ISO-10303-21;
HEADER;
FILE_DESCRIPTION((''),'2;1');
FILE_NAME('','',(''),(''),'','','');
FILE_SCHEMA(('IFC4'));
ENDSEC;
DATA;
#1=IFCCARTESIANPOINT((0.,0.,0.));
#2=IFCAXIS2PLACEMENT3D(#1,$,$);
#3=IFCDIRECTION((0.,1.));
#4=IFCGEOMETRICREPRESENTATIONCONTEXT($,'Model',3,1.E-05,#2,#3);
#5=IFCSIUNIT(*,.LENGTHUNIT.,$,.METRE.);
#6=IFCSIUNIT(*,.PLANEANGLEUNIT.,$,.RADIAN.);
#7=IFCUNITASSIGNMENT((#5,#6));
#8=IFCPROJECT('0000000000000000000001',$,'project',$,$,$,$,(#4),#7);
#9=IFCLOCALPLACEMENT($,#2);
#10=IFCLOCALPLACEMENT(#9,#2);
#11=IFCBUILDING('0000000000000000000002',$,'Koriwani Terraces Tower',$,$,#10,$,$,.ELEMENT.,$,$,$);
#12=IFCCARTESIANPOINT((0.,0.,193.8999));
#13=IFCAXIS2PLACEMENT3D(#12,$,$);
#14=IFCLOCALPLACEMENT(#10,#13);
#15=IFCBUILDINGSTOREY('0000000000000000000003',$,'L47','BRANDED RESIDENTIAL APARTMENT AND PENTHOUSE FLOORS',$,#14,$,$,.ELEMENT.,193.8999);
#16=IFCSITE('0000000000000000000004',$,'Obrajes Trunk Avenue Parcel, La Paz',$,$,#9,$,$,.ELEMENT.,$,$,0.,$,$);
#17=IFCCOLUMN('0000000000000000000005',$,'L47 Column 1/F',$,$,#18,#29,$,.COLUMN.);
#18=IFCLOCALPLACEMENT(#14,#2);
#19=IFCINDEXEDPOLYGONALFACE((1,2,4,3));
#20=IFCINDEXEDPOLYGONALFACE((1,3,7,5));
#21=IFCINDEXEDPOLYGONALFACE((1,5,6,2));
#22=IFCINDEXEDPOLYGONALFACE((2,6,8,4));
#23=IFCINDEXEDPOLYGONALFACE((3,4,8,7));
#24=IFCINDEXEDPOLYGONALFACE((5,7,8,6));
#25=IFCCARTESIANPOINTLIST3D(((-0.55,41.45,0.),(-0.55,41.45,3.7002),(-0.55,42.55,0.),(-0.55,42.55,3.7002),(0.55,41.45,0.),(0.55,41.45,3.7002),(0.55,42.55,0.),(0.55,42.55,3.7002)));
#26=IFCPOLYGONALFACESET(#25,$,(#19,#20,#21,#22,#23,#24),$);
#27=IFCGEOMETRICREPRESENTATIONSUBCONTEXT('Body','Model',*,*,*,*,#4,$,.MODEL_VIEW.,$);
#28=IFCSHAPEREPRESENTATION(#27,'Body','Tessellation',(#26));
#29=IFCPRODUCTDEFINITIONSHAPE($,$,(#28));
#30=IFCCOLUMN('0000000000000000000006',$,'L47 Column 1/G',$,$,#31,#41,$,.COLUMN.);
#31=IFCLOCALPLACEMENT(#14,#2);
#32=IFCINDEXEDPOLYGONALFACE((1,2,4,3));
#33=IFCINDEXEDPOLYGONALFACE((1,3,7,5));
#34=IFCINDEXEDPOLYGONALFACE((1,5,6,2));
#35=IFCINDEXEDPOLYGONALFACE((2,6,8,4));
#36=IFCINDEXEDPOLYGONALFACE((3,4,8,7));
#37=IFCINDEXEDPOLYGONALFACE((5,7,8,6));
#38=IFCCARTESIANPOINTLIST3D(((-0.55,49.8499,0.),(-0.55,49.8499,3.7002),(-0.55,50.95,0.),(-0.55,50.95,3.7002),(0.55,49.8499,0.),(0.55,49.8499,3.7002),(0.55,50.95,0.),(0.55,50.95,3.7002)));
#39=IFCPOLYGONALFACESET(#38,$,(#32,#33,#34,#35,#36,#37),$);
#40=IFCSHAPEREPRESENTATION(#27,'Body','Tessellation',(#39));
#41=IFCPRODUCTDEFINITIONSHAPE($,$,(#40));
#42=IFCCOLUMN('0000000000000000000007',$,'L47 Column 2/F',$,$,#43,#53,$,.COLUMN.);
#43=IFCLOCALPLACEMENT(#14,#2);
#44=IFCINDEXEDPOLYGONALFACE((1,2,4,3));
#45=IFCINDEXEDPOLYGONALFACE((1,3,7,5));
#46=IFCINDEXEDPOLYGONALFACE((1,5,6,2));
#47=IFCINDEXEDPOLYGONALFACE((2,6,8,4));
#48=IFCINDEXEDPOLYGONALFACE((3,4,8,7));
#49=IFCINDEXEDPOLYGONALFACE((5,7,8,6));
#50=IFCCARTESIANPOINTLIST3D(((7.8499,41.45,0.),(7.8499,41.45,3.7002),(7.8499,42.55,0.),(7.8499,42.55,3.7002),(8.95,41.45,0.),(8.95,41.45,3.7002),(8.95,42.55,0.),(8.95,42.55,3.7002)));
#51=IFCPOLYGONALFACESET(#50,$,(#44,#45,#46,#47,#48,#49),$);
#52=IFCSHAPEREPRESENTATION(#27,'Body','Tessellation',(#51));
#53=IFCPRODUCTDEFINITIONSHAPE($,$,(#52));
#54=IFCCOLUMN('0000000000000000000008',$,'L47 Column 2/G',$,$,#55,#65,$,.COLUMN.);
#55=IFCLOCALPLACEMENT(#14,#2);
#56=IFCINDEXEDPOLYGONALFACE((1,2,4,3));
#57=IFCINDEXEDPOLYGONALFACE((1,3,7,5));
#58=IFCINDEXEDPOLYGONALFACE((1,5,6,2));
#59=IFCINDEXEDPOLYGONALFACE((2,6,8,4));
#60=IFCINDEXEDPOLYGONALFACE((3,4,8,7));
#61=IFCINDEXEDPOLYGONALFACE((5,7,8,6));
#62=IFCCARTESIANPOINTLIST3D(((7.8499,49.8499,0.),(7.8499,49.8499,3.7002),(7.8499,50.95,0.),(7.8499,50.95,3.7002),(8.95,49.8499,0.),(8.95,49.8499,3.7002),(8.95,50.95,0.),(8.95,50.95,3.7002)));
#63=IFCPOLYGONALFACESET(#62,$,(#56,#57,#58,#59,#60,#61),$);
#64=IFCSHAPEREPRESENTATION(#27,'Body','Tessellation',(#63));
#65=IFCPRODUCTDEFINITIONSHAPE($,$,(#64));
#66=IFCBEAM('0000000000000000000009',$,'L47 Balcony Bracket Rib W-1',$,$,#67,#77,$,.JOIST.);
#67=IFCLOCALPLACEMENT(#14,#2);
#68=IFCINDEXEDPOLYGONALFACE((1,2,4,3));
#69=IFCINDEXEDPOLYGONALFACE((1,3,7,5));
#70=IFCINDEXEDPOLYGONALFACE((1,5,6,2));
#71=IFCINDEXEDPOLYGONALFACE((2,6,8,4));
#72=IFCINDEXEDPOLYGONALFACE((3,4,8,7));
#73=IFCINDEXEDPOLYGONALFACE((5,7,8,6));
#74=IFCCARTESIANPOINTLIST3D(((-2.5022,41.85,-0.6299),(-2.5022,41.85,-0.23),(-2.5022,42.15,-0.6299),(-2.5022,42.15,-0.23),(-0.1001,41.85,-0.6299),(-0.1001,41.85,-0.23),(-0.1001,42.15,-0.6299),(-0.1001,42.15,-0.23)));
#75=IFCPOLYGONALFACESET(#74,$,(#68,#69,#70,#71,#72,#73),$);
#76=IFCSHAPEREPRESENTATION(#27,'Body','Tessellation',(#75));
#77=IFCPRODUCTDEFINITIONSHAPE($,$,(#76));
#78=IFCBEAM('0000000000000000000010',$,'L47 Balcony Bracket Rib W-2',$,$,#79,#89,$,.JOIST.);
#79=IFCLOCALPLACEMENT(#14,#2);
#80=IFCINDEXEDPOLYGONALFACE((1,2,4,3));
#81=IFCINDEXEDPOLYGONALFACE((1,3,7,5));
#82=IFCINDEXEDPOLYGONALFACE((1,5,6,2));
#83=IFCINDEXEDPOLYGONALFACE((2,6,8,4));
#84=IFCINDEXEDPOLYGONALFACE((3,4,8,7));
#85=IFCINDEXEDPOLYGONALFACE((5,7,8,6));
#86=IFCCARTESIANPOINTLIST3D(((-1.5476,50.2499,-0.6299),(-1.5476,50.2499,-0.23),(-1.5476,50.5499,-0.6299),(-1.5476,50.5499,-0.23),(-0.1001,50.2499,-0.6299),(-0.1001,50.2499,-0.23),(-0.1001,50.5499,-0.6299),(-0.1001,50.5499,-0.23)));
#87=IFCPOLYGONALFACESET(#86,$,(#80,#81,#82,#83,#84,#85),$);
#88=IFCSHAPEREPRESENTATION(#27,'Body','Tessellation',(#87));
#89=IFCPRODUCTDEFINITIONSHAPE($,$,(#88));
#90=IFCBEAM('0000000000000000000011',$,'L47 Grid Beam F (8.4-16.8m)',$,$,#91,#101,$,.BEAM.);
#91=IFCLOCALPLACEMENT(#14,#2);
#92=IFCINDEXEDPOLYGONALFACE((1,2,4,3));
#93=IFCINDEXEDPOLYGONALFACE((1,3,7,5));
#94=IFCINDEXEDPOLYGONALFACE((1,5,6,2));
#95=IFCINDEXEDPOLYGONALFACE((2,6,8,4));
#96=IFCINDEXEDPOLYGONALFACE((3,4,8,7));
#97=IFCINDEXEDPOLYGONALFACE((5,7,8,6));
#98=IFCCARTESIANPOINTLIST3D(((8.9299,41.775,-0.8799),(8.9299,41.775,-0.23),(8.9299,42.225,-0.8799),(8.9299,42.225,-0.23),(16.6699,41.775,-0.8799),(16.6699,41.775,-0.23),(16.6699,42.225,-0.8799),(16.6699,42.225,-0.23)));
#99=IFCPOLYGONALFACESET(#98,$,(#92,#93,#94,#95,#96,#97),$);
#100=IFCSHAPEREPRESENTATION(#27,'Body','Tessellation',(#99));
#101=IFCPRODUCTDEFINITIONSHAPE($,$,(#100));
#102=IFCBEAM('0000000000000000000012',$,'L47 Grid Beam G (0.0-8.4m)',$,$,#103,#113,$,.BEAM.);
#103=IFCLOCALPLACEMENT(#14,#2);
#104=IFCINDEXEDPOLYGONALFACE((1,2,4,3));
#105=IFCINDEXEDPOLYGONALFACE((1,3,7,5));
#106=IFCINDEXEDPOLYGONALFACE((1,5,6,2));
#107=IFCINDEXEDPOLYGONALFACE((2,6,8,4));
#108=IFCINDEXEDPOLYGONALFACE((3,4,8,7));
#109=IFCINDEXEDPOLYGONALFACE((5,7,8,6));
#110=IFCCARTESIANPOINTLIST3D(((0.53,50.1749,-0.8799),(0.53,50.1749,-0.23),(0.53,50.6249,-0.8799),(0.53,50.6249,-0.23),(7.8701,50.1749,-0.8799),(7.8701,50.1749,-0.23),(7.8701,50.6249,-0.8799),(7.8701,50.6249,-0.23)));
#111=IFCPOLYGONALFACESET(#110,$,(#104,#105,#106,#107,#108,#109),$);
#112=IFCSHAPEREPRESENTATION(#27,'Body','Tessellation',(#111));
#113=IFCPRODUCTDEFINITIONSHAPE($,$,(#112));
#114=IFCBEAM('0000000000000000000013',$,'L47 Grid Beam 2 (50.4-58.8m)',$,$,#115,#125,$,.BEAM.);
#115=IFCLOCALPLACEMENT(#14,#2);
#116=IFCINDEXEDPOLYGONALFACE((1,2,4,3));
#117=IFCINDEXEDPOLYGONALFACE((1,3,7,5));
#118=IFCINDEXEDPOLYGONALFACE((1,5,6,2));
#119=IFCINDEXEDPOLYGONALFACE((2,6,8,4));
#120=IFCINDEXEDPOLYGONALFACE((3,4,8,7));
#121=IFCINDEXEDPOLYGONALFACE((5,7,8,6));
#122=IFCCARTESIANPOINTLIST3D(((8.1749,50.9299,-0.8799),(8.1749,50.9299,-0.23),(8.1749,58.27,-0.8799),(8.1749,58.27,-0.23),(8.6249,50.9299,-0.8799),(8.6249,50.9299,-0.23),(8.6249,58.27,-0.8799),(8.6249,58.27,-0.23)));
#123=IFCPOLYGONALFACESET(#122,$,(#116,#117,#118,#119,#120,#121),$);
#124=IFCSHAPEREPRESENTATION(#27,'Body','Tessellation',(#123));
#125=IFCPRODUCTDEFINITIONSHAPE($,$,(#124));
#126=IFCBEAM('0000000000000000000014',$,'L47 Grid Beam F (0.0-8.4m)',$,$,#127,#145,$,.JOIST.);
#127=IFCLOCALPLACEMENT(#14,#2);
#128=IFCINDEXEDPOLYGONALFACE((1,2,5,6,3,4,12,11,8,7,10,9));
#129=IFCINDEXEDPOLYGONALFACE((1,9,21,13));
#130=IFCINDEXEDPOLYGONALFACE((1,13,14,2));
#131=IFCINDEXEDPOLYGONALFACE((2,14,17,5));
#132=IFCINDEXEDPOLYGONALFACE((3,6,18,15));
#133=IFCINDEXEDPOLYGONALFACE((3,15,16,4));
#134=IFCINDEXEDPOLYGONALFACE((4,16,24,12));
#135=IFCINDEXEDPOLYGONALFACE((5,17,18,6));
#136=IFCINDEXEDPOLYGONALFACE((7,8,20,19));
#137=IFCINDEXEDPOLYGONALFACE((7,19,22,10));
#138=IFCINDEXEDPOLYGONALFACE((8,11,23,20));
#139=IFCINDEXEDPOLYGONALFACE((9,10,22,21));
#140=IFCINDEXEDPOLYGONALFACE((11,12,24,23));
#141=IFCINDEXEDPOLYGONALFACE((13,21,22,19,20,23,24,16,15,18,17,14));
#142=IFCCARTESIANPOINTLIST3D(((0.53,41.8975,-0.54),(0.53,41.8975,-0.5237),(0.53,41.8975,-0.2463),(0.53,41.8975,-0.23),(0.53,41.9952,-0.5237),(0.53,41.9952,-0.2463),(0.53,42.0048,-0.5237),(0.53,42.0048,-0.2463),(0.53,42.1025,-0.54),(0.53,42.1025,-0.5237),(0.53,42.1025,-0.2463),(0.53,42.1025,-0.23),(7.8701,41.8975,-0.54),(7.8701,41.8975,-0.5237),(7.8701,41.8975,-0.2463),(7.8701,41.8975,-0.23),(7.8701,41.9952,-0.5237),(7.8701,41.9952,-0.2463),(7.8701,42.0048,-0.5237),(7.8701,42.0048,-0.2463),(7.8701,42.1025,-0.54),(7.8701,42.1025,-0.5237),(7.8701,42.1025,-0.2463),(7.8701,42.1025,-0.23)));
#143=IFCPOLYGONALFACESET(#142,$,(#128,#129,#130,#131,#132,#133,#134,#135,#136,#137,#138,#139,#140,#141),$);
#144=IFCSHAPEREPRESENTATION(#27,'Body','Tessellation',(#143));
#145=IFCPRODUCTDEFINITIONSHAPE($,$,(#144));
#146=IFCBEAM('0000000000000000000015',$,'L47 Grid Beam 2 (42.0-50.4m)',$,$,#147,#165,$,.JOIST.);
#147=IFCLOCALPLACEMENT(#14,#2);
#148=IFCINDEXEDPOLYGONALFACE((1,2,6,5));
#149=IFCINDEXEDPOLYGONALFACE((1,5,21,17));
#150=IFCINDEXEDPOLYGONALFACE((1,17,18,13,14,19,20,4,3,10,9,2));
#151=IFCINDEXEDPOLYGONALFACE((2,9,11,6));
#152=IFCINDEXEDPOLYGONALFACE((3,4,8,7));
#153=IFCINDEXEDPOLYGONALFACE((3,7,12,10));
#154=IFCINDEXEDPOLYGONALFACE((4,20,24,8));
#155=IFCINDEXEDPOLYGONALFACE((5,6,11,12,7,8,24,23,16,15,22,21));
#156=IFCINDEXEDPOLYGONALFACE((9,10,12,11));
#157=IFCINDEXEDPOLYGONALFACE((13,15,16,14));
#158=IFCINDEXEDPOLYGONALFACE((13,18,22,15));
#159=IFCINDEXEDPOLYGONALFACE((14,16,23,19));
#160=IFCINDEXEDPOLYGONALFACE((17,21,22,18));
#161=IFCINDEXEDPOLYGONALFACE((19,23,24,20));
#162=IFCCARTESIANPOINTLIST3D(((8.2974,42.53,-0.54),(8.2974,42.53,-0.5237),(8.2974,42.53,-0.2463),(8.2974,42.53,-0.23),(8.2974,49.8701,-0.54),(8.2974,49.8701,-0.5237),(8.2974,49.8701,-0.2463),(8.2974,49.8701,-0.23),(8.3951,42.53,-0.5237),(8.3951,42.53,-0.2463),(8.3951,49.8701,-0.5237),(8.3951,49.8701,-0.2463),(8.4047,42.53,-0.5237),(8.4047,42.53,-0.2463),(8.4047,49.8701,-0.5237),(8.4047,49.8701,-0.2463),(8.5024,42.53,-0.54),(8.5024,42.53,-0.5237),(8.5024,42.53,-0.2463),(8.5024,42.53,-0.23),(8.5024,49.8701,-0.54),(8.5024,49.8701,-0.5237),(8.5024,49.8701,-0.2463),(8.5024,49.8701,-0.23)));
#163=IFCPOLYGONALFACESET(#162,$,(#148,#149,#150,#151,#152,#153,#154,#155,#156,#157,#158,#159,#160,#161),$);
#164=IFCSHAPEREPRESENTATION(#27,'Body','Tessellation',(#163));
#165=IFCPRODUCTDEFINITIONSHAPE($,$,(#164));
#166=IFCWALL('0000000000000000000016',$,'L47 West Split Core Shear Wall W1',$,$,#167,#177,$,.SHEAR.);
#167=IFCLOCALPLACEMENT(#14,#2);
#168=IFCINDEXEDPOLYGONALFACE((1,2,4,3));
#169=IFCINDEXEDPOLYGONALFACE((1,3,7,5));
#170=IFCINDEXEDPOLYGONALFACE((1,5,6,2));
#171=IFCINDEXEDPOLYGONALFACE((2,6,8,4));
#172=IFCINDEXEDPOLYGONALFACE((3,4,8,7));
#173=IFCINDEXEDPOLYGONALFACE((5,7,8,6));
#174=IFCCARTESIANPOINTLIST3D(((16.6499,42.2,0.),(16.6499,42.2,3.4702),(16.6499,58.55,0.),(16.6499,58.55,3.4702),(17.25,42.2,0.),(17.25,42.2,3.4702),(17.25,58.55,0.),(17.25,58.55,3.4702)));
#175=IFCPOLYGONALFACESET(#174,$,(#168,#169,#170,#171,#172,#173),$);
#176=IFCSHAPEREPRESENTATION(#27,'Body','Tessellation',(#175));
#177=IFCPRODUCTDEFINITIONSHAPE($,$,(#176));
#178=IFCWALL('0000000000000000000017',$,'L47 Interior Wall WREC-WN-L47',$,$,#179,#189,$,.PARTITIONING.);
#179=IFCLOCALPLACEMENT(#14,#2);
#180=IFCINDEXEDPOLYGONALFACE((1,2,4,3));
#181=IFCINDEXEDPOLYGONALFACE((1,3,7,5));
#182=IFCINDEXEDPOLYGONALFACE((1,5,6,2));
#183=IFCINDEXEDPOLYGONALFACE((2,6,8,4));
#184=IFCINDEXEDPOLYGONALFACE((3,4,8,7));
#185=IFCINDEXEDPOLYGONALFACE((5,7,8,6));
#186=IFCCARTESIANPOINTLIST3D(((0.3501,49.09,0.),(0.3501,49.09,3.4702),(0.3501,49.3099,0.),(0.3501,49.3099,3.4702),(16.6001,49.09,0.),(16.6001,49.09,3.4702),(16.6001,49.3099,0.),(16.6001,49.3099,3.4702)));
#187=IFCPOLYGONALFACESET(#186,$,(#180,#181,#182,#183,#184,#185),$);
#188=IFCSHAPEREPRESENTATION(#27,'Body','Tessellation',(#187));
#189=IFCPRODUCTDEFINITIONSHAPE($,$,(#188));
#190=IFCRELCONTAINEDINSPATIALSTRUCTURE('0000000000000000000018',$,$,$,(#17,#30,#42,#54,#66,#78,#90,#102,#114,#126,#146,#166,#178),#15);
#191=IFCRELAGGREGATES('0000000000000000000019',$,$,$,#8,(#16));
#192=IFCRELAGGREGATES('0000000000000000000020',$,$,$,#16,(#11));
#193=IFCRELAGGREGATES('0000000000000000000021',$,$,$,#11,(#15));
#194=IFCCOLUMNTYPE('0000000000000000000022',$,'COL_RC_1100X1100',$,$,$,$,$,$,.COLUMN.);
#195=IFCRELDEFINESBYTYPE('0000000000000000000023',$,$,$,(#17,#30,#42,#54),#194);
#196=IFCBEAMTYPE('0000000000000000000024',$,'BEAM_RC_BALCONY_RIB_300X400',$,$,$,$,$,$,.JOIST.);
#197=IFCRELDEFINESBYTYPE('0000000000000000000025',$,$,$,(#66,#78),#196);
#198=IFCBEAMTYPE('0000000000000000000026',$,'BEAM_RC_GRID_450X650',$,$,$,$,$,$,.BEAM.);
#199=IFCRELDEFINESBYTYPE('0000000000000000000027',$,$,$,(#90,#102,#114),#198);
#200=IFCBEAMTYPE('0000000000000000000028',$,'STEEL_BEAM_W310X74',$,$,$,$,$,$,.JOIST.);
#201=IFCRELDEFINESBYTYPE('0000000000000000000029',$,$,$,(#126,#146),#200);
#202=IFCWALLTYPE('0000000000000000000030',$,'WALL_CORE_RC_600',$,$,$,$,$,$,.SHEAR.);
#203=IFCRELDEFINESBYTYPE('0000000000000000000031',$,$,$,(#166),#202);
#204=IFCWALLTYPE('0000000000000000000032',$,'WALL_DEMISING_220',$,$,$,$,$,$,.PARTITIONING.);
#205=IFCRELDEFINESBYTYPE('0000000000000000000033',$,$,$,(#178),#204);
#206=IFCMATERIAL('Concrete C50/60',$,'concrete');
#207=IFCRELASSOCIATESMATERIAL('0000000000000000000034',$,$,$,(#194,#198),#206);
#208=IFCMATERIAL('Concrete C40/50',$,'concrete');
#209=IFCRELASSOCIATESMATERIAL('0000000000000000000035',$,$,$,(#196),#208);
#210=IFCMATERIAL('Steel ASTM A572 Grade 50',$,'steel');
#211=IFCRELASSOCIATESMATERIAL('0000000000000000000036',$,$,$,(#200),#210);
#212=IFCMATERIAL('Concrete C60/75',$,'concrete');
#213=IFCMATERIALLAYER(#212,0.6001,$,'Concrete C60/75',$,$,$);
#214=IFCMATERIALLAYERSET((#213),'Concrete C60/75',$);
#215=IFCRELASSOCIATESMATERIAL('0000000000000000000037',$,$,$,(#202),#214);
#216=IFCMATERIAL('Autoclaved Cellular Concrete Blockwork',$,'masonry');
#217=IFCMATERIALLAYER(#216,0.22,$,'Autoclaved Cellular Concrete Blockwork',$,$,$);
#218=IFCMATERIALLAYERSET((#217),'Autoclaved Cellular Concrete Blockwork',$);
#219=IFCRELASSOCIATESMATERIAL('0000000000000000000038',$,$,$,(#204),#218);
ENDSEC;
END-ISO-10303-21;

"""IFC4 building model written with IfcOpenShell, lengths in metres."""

from ifc_helpers import new_model, si_unit, direction, frame, frame_2d, origin, origin_2d, place, context, subcontext, project, spatial, rectangle, i_section, extrude, material, layer, layer_set, material_profile, profile_set, type_object, element, save


model = new_model("IFC4")

# Units and contexts
model_context = context("Model", 3, precision=1e-05, world=origin(), true_north=direction((0.0, 1.0)))
body_context = subcontext(model_context, "Body", "Model", "MODEL_VIEW")
ifc_project = project(units=[si_unit("LENGTHUNIT", "METRE"), si_unit("PLANEANGLEUNIT", "RADIAN")], contexts=[model_context])

# Site, building, storey
site_placement = place(None, origin())
site = spatial("IfcSite", under=ifc_project, at=site_placement, Name="Obrajes Trunk Avenue Parcel, La Paz", CompositionType="ELEMENT", RefElevation=0.0)
building_placement = place(site_placement, origin())
building = spatial("IfcBuilding", under=site, at=building_placement, Name="Koriwani Terraces Tower", CompositionType="ELEMENT")
storey_placement = place(building_placement, frame((0.0, 0.0, 193.8999)))
storey = spatial("IfcBuildingStorey", under=building, at=storey_placement, Name="L47", Description="BRANDED RESIDENTIAL APARTMENT AND PENTHOUSE FLOORS", CompositionType="ELEMENT", Elevation=193.8999)

# Columns
ifc_material_1 = material(Name="Concrete C50/60", Category="concrete")
ifc_material_profile_1 = material_profile(ifc_material_1, rectangle(XDim=1.1001, YDim=1.1001, at=origin_2d()), Name="Concrete C50/60", Category="LoadBearing")
ifc_profile_set_1 = profile_set([ifc_material_profile_1], Name="Concrete C50/60")
column_type = type_object("IfcColumnType", Name="COL_RC_1100X1100", PredefinedType="COLUMN", material=ifc_profile_set_1)
for number, where, z_axis, x_axis, name in (
    (1, (0.0, 42.0, 0.0), (0.0, 0.0, 1.0), (1.0, 0.0, 0.0), "L47 Column 1/F"),
    (2, (0.0, 50.3999, 0.0), (0.0, 0.0, 1.0), (1.0, 0.0, 0.0), "L47 Column 1/G"),
    (3, (8.3999, 42.0, 0.0), (0.0, 0.0, 1.0), (1.0, 0.0, 0.0), "L47 Column 2/F"),
    (4, (8.3999, 50.3999, 0.0), (0.0, 0.0, 1.0), (1.0, 0.0, 0.0), "L47 Column 2/G"),
):
    element("IfcColumn", number, at=place(storey_placement, frame(where, z_axis=z_axis, x_axis=x_axis)), inside=storey, type_object=column_type, Name=name, PredefinedType="COLUMN", context=body_context, shape_type="SweptSolid", body=[
        extrude(rectangle(XDim=1.1001, YDim=1.1001, at=origin_2d()), origin(), (0.0, 0.0, 1.0), 3.7002),
    ])

# Beams
ifc_material_2 = material(Name="Concrete C40/50", Category="concrete")
ifc_material_profile_2 = material_profile(ifc_material_2, rectangle(XDim=0.3, YDim=0.3999, at=origin_2d()), Name="Concrete C40/50", Category="LoadBearing")
ifc_profile_set_2 = profile_set([ifc_material_profile_2], Name="Concrete C40/50")
beam_type_1 = type_object("IfcBeamType", Name="BEAM_RC_BALCONY_RIB_300X400", PredefinedType="JOIST", material=ifc_profile_set_2)
beam_1_placement = place(storey_placement, frame((-2.5022, 42.0, -0.4299), z_axis=(1.0, 0.0, 0.0), x_axis=(0.0, 1.0, 0.0)))
element("IfcBeam", 5, at=beam_1_placement, inside=storey, type_object=beam_type_1, Name="L47 Balcony Bracket Rib W-1", PredefinedType="JOIST", context=body_context, shape_type="SweptSolid", body=[
    extrude(rectangle(XDim=0.3, YDim=0.3999, at=origin_2d()), origin(), (0.0, 0.0, 1.0), 2.4021),
])
beam_2_placement = place(storey_placement, frame((-1.5476, 50.3999, -0.4299), z_axis=(1.0, 0.0, 0.0), x_axis=(0.0, 1.0, 0.0)))
element("IfcBeam", 6, at=beam_2_placement, inside=storey, type_object=beam_type_1, Name="L47 Balcony Bracket Rib W-2", PredefinedType="JOIST", context=body_context, shape_type="SweptSolid", body=[
    extrude(rectangle(XDim=0.3, YDim=0.3999, at=origin_2d()), origin(), (0.0, 0.0, 1.0), 1.4475),
])
ifc_material_profile_3 = material_profile(ifc_material_1, rectangle(XDim=0.45, YDim=0.6499, at=origin_2d()), Name="Concrete C50/60", Category="LoadBearing")
ifc_profile_set_3 = profile_set([ifc_material_profile_3], Name="Concrete C50/60")
beam_type_2 = type_object("IfcBeamType", Name="BEAM_RC_GRID_450X650", PredefinedType="BEAM", material=ifc_profile_set_3)
beam_3_placement = place(storey_placement, frame((8.9299, 42.0, -0.5549), z_axis=(1.0, 0.0, 0.0), x_axis=(0.0, 1.0, 0.0)))
element("IfcBeam", 7, at=beam_3_placement, inside=storey, type_object=beam_type_2, Name="L47 Grid Beam F (8.4-16.8m)", PredefinedType="BEAM", context=body_context, shape_type="SweptSolid", body=[
    extrude(rectangle(XDim=0.45, YDim=0.6499, at=origin_2d()), origin(), (0.0, 0.0, 1.0), 7.74),
])
for number, where, z_axis, x_axis, name in (
    (8, (0.53, 50.3999, -0.5549), (1.0, 0.0, 0.0), (0.0, 1.0, 0.0), "L47 Grid Beam G (0.0-8.4m)"),
    (9, (8.3999, 50.9299, -0.5549), (0.0, 1.0, 0.0), (-1.0, 0.0, 0.0), "L47 Grid Beam 2 (50.4-58.8m)"),
):
    element("IfcBeam", number, at=place(storey_placement, frame(where, z_axis=z_axis, x_axis=x_axis)), inside=storey, type_object=beam_type_2, Name=name, PredefinedType="BEAM", context=body_context, shape_type="SweptSolid", body=[
        extrude(rectangle(XDim=0.45, YDim=0.6499, at=origin_2d()), origin(), (0.0, 0.0, 1.0), 7.3401),
    ])
ifc_material_3 = material(Name="Steel ASTM A572 Grade 50", Category="steel")
ifc_material_profile_4 = material_profile(ifc_material_3, i_section(OverallWidth=0.2051, OverallDepth=0.3101, WebThickness=0.0095, FlangeThickness=0.0164, at=origin_2d()), Name="Steel ASTM A572 Grade 50", Category="LoadBearing")
ifc_profile_set_4 = profile_set([ifc_material_profile_4], Name="Steel ASTM A572 Grade 50")
beam_type_3 = type_object("IfcBeamType", Name="STEEL_BEAM_W310X74", PredefinedType="JOIST", material=ifc_profile_set_4)
for number, where, z_axis, x_axis, name in (
    (10, (0.53, 42.0, -0.385), (1.0, 0.0, 0.0), (0.0, 1.0, 0.0), "L47 Grid Beam F (0.0-8.4m)"),
    (11, (8.3999, 42.53, -0.385), (0.0, 1.0, 0.0), (-1.0, 0.0, 0.0), "L47 Grid Beam 2 (42.0-50.4m)"),
):
    element("IfcBeam", number, at=place(storey_placement, frame(where, z_axis=z_axis, x_axis=x_axis)), inside=storey, type_object=beam_type_3, Name=name, PredefinedType="JOIST", context=body_context, shape_type="SweptSolid", body=[
        extrude(i_section(OverallWidth=0.2051, OverallDepth=0.3101, WebThickness=0.0095, FlangeThickness=0.0164, at=origin_2d()), origin(), (0.0, 0.0, 1.0), 7.3401),
    ])

# Walls
ifc_material_4 = material(Name="Concrete C60/75", Category="concrete")
ifc_layer_1 = layer(ifc_material_4, 0.6001, Name="Concrete C60/75")
ifc_layer_set_1 = layer_set([ifc_layer_1], Name="Concrete C60/75")
wall_type_1 = type_object("IfcWallType", Name="WALL_CORE_RC_600", PredefinedType="SHEAR", material=ifc_layer_set_1)
wall_1_placement = place(storey_placement, frame((16.95, 42.2, 0.0), z_axis=(0.0, 0.0, 1.0), x_axis=(0.0, 1.0, 0.0)))
element("IfcWall", 12, at=wall_1_placement, inside=storey, type_object=wall_type_1, Name="L47 West Split Core Shear Wall W1", PredefinedType="SHEAR", context=body_context, shape_type="SweptSolid", body=[
    extrude(rectangle(XDim=16.3501, YDim=0.6001, at=frame_2d((8.175, 0.0))), origin(), (0.0, 0.0, 1.0), 3.4702),
])
ifc_material_5 = material(Name="Autoclaved Cellular Concrete Blockwork", Category="masonry")
ifc_layer_2 = layer(ifc_material_5, 0.22, Name="Autoclaved Cellular Concrete Blockwork")
ifc_layer_set_2 = layer_set([ifc_layer_2], Name="Autoclaved Cellular Concrete Blockwork")
wall_type_2 = type_object("IfcWallType", Name="WALL_DEMISING_220", PredefinedType="PARTITIONING", material=ifc_layer_set_2)
wall_2_placement = place(storey_placement, frame((0.3501, 49.2, 0.0), z_axis=(0.0, 0.0, 1.0), x_axis=(1.0, 0.0, 0.0)))
element("IfcWall", 13, at=wall_2_placement, inside=storey, type_object=wall_type_2, Name="L47 Interior Wall WREC-WN-L47", PredefinedType="PARTITIONING", context=body_context, shape_type="SweptSolid", body=[
    extrude(rectangle(XDim=16.25, YDim=0.22, at=frame_2d((8.125, 0.0))), origin(), (0.0, 0.0, 1.0), 3.4702),
])

save(model, "model.ifc")
